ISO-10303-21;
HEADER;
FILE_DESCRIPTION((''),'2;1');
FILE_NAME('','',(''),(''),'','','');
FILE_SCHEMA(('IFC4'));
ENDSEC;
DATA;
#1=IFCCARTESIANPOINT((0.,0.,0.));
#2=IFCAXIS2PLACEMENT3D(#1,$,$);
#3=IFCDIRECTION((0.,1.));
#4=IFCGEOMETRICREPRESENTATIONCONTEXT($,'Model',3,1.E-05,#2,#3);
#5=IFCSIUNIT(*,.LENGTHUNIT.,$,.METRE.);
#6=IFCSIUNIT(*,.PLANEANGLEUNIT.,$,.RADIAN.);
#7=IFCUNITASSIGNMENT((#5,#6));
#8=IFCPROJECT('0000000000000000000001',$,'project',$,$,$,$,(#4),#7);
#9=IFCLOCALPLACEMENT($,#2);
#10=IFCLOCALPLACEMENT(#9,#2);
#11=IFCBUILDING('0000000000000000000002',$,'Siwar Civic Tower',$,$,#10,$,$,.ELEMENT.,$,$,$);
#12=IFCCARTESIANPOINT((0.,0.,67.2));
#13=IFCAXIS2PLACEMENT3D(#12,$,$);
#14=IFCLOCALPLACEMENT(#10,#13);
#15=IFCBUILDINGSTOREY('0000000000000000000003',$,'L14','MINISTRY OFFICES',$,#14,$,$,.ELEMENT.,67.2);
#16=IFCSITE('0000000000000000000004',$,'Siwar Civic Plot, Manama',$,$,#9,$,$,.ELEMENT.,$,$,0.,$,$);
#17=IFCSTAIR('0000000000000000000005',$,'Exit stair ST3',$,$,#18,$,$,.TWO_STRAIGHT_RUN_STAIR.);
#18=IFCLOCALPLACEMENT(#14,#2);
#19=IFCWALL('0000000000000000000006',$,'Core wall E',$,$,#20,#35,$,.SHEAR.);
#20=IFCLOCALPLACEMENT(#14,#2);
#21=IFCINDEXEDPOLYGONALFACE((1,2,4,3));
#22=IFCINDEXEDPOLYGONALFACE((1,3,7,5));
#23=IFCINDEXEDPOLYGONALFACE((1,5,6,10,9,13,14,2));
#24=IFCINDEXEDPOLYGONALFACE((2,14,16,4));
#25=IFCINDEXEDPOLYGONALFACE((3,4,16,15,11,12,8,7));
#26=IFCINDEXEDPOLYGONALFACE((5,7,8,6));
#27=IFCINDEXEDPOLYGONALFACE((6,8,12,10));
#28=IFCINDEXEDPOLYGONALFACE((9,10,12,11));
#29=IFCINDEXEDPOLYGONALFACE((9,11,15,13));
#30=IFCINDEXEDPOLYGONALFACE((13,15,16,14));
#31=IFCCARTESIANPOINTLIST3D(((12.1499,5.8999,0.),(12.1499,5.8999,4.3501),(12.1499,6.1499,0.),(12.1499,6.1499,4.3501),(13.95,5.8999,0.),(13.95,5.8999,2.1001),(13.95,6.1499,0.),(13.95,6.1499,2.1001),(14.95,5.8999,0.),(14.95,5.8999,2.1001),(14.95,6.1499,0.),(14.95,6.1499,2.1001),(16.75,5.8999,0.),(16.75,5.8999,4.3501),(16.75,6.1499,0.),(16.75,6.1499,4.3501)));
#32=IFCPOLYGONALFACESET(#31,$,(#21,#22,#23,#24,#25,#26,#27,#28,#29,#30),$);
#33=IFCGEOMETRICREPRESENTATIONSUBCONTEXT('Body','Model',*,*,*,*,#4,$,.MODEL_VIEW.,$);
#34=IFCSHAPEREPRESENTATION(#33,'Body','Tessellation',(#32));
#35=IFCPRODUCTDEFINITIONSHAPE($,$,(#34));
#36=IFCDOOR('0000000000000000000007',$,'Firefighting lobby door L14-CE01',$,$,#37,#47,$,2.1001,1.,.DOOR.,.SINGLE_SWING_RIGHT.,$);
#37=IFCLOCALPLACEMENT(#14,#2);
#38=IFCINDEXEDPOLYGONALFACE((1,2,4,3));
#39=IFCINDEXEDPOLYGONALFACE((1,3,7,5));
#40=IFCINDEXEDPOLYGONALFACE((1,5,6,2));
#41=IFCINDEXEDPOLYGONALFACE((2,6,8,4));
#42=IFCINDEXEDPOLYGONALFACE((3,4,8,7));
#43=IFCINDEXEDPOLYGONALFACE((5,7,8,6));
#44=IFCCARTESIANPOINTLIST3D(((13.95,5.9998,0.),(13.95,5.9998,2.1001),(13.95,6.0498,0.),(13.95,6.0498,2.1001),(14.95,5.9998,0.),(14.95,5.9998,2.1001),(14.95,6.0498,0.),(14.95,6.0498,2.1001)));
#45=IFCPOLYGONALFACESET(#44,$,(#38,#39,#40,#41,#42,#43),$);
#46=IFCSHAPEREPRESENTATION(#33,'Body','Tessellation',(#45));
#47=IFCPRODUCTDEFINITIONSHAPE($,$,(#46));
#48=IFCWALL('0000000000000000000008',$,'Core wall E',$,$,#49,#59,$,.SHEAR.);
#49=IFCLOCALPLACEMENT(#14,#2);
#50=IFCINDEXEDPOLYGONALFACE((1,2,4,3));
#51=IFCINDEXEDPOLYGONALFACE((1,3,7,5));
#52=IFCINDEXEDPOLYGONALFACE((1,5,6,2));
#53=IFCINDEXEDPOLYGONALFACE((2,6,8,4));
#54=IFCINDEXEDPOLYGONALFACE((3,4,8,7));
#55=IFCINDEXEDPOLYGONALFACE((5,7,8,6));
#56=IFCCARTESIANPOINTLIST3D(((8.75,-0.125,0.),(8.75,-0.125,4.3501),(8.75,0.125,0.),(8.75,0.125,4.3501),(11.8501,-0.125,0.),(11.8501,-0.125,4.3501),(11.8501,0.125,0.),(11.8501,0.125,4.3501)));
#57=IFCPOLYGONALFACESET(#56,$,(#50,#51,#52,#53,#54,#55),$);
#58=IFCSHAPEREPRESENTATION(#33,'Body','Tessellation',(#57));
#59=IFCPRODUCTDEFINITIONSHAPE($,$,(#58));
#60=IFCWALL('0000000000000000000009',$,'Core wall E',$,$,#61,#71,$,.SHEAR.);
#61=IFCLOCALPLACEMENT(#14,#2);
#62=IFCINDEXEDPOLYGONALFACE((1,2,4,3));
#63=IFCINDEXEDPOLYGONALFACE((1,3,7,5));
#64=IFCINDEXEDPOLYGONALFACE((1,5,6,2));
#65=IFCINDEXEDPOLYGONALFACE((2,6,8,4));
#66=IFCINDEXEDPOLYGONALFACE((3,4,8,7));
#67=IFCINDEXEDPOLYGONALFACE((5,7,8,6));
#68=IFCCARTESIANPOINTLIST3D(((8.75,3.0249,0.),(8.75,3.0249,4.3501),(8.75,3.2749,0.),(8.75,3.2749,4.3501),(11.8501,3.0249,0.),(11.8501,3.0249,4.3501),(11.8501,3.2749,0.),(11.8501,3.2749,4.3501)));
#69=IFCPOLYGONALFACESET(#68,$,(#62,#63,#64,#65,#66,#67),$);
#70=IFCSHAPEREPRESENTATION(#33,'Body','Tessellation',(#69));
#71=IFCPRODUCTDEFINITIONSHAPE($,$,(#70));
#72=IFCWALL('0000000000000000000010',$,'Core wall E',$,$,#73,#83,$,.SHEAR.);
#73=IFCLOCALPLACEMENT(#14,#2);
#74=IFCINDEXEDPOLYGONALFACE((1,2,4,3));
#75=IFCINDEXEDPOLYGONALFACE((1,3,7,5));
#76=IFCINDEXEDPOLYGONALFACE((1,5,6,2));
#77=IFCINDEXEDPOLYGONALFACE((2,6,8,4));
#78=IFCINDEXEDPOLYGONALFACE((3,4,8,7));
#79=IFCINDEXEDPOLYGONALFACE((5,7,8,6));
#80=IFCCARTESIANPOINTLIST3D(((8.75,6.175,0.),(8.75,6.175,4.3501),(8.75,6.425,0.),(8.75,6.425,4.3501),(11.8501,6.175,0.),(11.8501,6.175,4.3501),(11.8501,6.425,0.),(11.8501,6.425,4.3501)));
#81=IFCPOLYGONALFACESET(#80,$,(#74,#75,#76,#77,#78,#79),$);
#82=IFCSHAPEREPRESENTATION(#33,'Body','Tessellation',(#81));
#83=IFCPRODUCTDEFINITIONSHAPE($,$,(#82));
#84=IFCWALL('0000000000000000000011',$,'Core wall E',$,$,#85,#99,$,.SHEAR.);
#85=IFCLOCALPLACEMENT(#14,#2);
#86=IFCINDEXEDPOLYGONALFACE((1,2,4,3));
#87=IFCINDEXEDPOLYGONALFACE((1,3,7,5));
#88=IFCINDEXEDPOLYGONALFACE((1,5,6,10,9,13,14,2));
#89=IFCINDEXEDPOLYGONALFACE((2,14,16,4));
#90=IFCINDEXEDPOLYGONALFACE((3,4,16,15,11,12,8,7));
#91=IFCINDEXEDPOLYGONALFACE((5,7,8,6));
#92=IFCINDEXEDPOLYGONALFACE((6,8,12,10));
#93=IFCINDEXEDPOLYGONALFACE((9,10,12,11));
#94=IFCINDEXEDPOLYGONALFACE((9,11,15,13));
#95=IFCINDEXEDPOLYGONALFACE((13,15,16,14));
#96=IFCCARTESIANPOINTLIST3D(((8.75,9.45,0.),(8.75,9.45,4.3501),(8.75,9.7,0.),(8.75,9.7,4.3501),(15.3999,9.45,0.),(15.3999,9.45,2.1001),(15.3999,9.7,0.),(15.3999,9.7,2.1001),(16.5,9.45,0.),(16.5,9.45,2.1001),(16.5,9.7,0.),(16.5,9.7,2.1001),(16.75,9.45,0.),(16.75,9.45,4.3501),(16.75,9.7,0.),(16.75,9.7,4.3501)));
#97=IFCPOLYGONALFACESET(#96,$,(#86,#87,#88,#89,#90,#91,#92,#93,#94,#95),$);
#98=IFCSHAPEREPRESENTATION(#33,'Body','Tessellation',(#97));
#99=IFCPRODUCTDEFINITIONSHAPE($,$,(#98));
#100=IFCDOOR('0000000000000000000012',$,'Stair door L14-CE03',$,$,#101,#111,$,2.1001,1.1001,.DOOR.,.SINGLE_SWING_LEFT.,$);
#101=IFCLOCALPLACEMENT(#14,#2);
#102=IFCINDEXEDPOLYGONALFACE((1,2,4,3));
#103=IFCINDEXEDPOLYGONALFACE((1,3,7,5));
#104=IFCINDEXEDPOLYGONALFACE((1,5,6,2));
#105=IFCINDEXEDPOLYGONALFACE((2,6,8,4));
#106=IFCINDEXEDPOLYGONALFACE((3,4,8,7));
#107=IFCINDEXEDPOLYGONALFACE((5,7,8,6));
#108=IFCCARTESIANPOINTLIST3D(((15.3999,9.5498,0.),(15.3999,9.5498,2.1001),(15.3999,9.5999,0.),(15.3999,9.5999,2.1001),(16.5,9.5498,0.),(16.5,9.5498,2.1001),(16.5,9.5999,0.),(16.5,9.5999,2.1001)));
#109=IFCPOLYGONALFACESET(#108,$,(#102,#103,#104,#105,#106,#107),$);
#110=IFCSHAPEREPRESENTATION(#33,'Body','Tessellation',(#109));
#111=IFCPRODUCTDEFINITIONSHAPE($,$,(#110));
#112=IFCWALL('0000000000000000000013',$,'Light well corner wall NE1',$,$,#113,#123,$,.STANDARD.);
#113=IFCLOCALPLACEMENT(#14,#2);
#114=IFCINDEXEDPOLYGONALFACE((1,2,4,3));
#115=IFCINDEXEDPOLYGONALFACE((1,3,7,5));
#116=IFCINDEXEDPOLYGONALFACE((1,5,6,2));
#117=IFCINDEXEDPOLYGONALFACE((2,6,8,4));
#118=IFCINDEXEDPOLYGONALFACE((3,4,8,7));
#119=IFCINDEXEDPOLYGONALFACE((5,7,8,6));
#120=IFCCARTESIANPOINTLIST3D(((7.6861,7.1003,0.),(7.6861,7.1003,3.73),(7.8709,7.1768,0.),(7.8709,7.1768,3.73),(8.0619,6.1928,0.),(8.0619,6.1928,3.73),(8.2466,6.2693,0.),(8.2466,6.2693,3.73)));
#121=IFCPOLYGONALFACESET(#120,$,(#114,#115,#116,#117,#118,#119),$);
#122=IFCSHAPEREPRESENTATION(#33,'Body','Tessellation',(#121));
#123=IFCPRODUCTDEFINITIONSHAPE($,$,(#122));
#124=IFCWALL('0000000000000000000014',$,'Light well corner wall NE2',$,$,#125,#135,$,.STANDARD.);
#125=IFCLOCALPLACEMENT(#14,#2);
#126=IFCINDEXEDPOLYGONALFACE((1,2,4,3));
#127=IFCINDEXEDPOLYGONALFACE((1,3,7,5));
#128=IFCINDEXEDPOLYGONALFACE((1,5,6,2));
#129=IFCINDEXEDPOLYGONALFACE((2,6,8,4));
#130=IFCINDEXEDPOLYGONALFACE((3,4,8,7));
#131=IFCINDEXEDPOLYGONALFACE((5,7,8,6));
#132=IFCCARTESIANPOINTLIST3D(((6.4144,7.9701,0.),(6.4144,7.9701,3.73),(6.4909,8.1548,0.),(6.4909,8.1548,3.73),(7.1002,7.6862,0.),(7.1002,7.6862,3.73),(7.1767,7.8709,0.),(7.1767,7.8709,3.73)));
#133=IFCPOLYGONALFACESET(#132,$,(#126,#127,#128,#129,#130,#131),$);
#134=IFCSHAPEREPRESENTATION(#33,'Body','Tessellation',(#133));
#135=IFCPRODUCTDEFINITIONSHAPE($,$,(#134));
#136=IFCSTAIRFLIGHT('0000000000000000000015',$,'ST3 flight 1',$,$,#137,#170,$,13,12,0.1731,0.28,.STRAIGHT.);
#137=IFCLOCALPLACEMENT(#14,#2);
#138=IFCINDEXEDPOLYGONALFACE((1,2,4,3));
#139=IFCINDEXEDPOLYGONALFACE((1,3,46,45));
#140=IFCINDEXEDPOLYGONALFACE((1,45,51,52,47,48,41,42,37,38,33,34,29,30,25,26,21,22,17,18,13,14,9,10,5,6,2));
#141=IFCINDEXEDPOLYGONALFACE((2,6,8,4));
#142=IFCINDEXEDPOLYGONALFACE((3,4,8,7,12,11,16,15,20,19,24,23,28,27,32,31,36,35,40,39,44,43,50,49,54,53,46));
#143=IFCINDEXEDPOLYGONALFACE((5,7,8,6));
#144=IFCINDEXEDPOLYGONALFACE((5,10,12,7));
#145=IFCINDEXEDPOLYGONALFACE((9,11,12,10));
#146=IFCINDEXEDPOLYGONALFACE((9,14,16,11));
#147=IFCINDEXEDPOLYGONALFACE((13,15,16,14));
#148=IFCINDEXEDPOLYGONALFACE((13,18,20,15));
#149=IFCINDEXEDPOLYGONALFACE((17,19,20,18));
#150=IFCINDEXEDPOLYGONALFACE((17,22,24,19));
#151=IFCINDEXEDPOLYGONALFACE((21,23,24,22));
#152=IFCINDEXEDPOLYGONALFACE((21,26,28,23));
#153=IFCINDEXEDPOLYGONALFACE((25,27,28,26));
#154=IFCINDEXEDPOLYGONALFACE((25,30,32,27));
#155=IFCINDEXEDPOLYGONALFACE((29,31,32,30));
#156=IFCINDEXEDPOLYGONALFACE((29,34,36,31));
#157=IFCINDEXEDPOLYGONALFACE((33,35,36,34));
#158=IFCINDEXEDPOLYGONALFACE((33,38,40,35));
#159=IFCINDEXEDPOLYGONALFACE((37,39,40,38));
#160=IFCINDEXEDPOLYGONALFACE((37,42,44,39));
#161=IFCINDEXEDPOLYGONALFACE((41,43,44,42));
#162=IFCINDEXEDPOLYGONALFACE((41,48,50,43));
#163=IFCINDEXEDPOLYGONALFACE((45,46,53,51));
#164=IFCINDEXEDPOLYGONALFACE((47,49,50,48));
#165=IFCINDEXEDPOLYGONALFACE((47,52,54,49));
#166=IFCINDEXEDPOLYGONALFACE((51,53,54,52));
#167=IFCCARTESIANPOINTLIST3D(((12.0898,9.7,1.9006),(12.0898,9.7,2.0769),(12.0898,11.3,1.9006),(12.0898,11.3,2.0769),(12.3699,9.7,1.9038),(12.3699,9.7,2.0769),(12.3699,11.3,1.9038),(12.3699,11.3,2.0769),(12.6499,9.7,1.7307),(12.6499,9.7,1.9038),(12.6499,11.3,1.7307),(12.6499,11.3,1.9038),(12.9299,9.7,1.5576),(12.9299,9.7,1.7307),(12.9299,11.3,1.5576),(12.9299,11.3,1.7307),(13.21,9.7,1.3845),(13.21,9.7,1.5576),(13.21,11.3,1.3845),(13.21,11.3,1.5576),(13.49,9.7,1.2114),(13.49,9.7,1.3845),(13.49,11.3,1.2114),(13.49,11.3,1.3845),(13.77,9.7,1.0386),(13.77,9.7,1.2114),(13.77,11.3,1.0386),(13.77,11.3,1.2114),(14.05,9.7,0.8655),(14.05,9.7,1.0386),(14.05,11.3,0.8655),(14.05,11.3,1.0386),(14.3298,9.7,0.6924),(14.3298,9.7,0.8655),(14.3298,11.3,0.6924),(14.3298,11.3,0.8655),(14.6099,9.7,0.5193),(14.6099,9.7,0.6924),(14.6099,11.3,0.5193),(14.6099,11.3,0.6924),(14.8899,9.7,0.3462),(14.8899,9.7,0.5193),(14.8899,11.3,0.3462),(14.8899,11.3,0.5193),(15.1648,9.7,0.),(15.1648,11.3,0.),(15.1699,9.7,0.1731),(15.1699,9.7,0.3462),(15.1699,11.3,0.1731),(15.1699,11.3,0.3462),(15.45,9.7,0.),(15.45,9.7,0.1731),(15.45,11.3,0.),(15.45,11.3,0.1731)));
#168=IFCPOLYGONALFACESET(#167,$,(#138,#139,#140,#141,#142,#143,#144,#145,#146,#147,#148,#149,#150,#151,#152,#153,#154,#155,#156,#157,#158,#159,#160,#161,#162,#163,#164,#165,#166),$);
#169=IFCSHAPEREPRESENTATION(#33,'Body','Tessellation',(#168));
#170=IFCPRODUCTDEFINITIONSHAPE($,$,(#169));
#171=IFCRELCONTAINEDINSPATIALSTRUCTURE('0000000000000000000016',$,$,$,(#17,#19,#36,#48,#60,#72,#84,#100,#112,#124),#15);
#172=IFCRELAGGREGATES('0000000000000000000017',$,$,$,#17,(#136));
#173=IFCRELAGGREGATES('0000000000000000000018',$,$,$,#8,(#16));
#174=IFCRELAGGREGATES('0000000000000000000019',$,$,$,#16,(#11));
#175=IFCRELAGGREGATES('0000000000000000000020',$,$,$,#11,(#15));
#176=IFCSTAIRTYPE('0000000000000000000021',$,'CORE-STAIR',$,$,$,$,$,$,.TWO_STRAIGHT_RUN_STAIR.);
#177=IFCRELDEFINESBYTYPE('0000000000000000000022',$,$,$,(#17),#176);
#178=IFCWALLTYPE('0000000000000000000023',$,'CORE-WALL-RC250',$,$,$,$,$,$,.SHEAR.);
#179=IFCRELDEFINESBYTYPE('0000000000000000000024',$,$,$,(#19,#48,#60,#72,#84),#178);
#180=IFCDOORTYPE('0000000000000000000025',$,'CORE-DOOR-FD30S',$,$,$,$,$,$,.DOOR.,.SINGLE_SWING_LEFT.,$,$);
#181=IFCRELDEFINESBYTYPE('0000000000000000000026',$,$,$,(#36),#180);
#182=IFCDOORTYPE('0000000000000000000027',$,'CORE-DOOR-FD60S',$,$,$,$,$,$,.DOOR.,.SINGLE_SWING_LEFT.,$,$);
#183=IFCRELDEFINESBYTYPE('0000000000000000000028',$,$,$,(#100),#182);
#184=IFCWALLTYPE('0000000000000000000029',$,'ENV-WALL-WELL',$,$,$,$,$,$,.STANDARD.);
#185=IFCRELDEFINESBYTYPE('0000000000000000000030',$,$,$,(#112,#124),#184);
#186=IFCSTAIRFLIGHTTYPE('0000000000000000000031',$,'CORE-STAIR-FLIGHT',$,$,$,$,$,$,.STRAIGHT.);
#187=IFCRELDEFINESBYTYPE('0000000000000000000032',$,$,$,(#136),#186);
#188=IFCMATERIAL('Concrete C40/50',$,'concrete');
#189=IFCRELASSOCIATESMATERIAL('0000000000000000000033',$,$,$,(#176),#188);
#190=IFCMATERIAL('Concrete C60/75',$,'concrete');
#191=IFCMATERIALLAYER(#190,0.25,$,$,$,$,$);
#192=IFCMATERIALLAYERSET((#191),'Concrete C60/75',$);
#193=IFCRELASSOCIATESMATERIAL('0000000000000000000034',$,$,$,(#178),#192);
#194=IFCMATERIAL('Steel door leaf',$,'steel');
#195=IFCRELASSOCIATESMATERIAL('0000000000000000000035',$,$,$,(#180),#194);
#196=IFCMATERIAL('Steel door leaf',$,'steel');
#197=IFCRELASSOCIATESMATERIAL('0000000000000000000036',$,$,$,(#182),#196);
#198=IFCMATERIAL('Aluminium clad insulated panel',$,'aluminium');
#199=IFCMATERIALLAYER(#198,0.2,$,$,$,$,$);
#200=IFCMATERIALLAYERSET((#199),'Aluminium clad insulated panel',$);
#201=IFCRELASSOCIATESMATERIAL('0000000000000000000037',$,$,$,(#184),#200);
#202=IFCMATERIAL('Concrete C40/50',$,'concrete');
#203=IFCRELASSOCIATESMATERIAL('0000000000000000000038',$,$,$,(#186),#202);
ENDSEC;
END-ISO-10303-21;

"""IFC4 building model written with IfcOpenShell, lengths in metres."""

from ifc_helpers import new_model, si_unit, direction, frame, frame_2d, origin, place, context, subcontext, project, spatial, polyline, rectangle, outline, extrude, material, layer, layer_set, type_object, element, fill, aggregate, save


model = new_model("IFC4")

# Units and contexts
model_context = context("Model", 3, precision=1e-05, world=origin(), true_north=direction((0.0, 1.0)))
body_context = subcontext(model_context, "Body", "Model", "MODEL_VIEW")
ifc_project = project(units=[si_unit("LENGTHUNIT", "METRE"), si_unit("PLANEANGLEUNIT", "RADIAN")], contexts=[model_context])

# Site, building, storey
site_placement = place(None, origin())
site = spatial("IfcSite", under=ifc_project, at=site_placement, Name="Siwar Civic Plot, Manama", CompositionType="ELEMENT", RefElevation=0.0)
building_placement = place(site_placement, origin())
building = spatial("IfcBuilding", under=site, at=building_placement, Name="Siwar Civic Tower", CompositionType="ELEMENT")
storey_placement = place(building_placement, frame((0.0, 0.0, 67.2)))
storey = spatial("IfcBuildingStorey", under=building, at=storey_placement, Name="L14", Description="MINISTRY OFFICES", CompositionType="ELEMENT", Elevation=67.2)

# Shared definitions
ifc_material_1 = material(Name="Concrete C40/50", Category="concrete")
stair_type = type_object("IfcStairType", Name="CORE-STAIR", PredefinedType="TWO_STRAIGHT_RUN_STAIR", material=ifc_material_1)

# Stair
stair_1_placement = place(storey_placement, origin())
stair_1 = element("IfcStair", 1, at=stair_1_placement, inside=storey, type_object=stair_type, Name="Exit stair ST3", PredefinedType="TWO_STRAIGHT_RUN_STAIR")

# Wall, opening, door
ifc_material_2 = material(Name="Concrete C60/75", Category="concrete")
ifc_layer_1 = layer(ifc_material_2, 0.25)
ifc_layer_set_1 = layer_set([ifc_layer_1], Name="Concrete C60/75")
wall_type_1 = type_object("IfcWallType", Name="CORE-WALL-RC250", PredefinedType="SHEAR", material=ifc_layer_set_1)
wall_1_placement = place(storey_placement, frame((12.1499, 6.0249, 0.0), z_axis=(0.0, 0.0, 1.0), x_axis=(1.0, 0.0, 0.0)))
wall_1 = element("IfcWall", 2, at=wall_1_placement, inside=storey, type_object=wall_type_1, Name="Core wall E", PredefinedType="SHEAR", context=body_context, shape_type="SweptSolid", body=[
    extrude(rectangle(XDim=4.6001, YDim=0.25, at=frame_2d((2.3, 0.0))), origin(), (0.0, 0.0, 1.0), 4.3501),
])
opening_1_placement = place(wall_1_placement, frame((1.8, 0.0, 0.0)))
opening_1 = element("IfcOpeningElement", 3, at=opening_1_placement, cuts=wall_1, PredefinedType="OPENING", context=body_context, shape_type="SweptSolid", body=[
    extrude(rectangle(XDim=1.0, YDim=2.1001, at=frame_2d((0.5, 1.05))), frame((0.0, 0.135, 0.0), z_axis=(0.0, -1.0, 0.0), x_axis=(1.0, 0.0, 0.0)), (0.0, 0.0, 1.0), 0.27),
])
ifc_material_3 = material(Name="Steel door leaf", Category="steel")
door_type_1 = type_object("IfcDoorType", Name="CORE-DOOR-FD30S", OperationType="SINGLE_SWING_LEFT", PredefinedType="DOOR", material=ifc_material_3)
door_1_placement = place(opening_1_placement, origin())
door_1 = element("IfcDoor", 4, at=door_1_placement, inside=storey, type_object=door_type_1, Name="Firefighting lobby door L14-CE01", OperationType="SINGLE_SWING_RIGHT", OverallHeight=2.1001, OverallWidth=1.0, PredefinedType="DOOR", context=body_context, shape_type="SweptSolid", body=[
    extrude(rectangle(XDim=1.0, YDim=2.1001, at=frame_2d((0.5, 1.05))), frame((0.0, 0.0249, 0.0), z_axis=(0.0, -1.0, 0.0), x_axis=(1.0, 0.0, 0.0)), (0.0, 0.0, 1.0), 0.05),
])
fill(opening_1, door_1)

# Walls
for number, where, z_axis, x_axis, name in (
    (5, (8.75, 0.0, 0.0), (0.0, 0.0, 1.0), (1.0, 0.0, 0.0), "Core wall E"),
    (6, (8.75, 3.1499, 0.0), (0.0, 0.0, 1.0), (1.0, 0.0, 0.0), "Core wall E"),
    (7, (8.75, 6.3, 0.0), (0.0, 0.0, 1.0), (1.0, 0.0, 0.0), "Core wall E"),
):
    element("IfcWall", number, at=place(storey_placement, frame(where, z_axis=z_axis, x_axis=x_axis)), inside=storey, type_object=wall_type_1, Name=name, PredefinedType="SHEAR", context=body_context, shape_type="SweptSolid", body=[
        extrude(rectangle(XDim=3.1001, YDim=0.25, at=frame_2d((1.55, 0.0))), origin(), (0.0, 0.0, 1.0), 4.3501),
    ])

# Wall, opening, door
wall_2_placement = place(storey_placement, frame((8.75, 9.575, 0.0), z_axis=(0.0, 0.0, 1.0), x_axis=(1.0, 0.0, 0.0)))
wall_2 = element("IfcWall", 8, at=wall_2_placement, inside=storey, type_object=wall_type_1, Name="Core wall E", PredefinedType="SHEAR", context=body_context, shape_type="SweptSolid", body=[
    extrude(rectangle(XDim=8.0, YDim=0.25, at=frame_2d((4.0, 0.0))), origin(), (0.0, 0.0, 1.0), 4.3501),
])
opening_2_placement = place(wall_2_placement, frame((6.6499, 0.0, 0.0)))
opening_2 = element("IfcOpeningElement", 9, at=opening_2_placement, cuts=wall_2, PredefinedType="OPENING", context=body_context, shape_type="SweptSolid", body=[
    extrude(rectangle(XDim=1.1001, YDim=2.1001, at=frame_2d((0.55, 1.05))), frame((0.0, 0.135, 0.0), z_axis=(0.0, -1.0, 0.0), x_axis=(1.0, 0.0, 0.0)), (0.0, 0.0, 1.0), 0.27),
])
ifc_material_4 = material(Name="Steel door leaf", Category="steel")
door_type_2 = type_object("IfcDoorType", Name="CORE-DOOR-FD60S", OperationType="SINGLE_SWING_LEFT", PredefinedType="DOOR", material=ifc_material_4)
door_2_placement = place(opening_2_placement, origin())
door_2 = element("IfcDoor", 10, at=door_2_placement, inside=storey, type_object=door_type_2, Name="Stair door L14-CE03", OperationType="SINGLE_SWING_LEFT", OverallHeight=2.1001, OverallWidth=1.1001, PredefinedType="DOOR", context=body_context, shape_type="SweptSolid", body=[
    extrude(rectangle(XDim=1.1001, YDim=2.1001, at=frame_2d((0.55, 1.05))), frame((0.0, 0.0249, 0.0), z_axis=(0.0, -1.0, 0.0), x_axis=(1.0, 0.0, 0.0)), (0.0, 0.0, 1.0), 0.05),
])
fill(opening_2, door_2)

# Walls
ifc_material_5 = material(Name="Aluminium clad insulated panel", Category="aluminium")
ifc_layer_2 = layer(ifc_material_5, 0.2)
ifc_layer_set_2 = layer_set([ifc_layer_2], Name="Aluminium clad insulated panel")
wall_type_2 = type_object("IfcWallType", Name="ENV-WALL-WELL", PredefinedType="STANDARD", material=ifc_layer_set_2)
wall_3_placement = place(storey_placement, frame((8.1543, 6.231, 0.0), z_axis=(0.0, 0.0, 1.0), x_axis=(-0.382549, 0.923935, 0.0)))
element("IfcWall", 11, at=wall_3_placement, inside=storey, type_object=wall_type_2, Name="Light well corner wall NE1", PredefinedType="STANDARD", context=body_context, shape_type="SweptSolid", body=[
    extrude(rectangle(XDim=0.9822, YDim=0.2, at=frame_2d((0.4912, 0.0))), origin(), (0.0, 0.0, 1.0), 3.73),
])
wall_4_placement = place(storey_placement, frame((7.1384, 7.7786, 0.0), z_axis=(0.0, 0.0, 1.0), x_axis=(-0.923941, 0.382536, 0.0)))
element("IfcWall", 12, at=wall_4_placement, inside=storey, type_object=wall_type_2, Name="Light well corner wall NE2", PredefinedType="STANDARD", context=body_context, shape_type="SweptSolid", body=[
    extrude(rectangle(XDim=0.7422, YDim=0.2, at=frame_2d((0.3711, 0.0))), origin(), (0.0, 0.0, 1.0), 3.73),
])

# Stair flight
ifc_material_6 = material(Name="Concrete C40/50", Category="concrete")
stair_flight_type = type_object("IfcStairFlightType", Name="CORE-STAIR-FLIGHT", PredefinedType="STRAIGHT", material=ifc_material_6)
stair_flight_1_placement = place(storey_placement, frame((15.45, 10.5, 0.0), z_axis=(0.0, 0.0, 1.0), x_axis=(-1.0, 0.0, 0.0)))
stair_flight_1 = element("IfcStairFlight", 13, at=stair_flight_1_placement, type_object=stair_flight_type, Name="ST3 flight 1", NumberOfRisers=13, NumberOfTreads=12, PredefinedType="STRAIGHT", RiserHeight=0.1731, TreadLength=0.28, context=body_context, shape_type="SweptSolid", body=[
    extrude(outline(polyline([(0.0, 0.0), (0.0, 0.1731), (0.28, 0.1731), (0.28, 0.3462), (0.5601, 0.3462), (0.5601, 0.5193), (0.8401, 0.5193), (0.8401, 0.6924), (1.1201, 0.6924), (1.1201, 0.8655), (1.3999, 0.8655), (1.3999, 1.0386), (1.6799, 1.0386), (1.6799, 1.2114), (1.96, 1.2114), (1.96, 1.3845), (2.24, 1.3845), (2.24, 1.5576), (2.52, 1.5576), (2.52, 1.7307), (2.8, 1.7307), (2.8, 1.9038), (3.0801, 1.9038), (3.0801, 2.0769), (3.3601, 2.0769), (3.3601, 2.25), (3.3601, 1.9006), (0.2852, 0.0), (0.0, 0.0)])), frame((0.0, 0.8, 0.0), z_axis=(0.0, -1.0, 0.0), x_axis=(1.0, 0.0, 0.0)), (0.0, 0.0, 1.0), 1.6001),
])
aggregate(stair_1, [stair_flight_1])

save(model, "model.ifc")
